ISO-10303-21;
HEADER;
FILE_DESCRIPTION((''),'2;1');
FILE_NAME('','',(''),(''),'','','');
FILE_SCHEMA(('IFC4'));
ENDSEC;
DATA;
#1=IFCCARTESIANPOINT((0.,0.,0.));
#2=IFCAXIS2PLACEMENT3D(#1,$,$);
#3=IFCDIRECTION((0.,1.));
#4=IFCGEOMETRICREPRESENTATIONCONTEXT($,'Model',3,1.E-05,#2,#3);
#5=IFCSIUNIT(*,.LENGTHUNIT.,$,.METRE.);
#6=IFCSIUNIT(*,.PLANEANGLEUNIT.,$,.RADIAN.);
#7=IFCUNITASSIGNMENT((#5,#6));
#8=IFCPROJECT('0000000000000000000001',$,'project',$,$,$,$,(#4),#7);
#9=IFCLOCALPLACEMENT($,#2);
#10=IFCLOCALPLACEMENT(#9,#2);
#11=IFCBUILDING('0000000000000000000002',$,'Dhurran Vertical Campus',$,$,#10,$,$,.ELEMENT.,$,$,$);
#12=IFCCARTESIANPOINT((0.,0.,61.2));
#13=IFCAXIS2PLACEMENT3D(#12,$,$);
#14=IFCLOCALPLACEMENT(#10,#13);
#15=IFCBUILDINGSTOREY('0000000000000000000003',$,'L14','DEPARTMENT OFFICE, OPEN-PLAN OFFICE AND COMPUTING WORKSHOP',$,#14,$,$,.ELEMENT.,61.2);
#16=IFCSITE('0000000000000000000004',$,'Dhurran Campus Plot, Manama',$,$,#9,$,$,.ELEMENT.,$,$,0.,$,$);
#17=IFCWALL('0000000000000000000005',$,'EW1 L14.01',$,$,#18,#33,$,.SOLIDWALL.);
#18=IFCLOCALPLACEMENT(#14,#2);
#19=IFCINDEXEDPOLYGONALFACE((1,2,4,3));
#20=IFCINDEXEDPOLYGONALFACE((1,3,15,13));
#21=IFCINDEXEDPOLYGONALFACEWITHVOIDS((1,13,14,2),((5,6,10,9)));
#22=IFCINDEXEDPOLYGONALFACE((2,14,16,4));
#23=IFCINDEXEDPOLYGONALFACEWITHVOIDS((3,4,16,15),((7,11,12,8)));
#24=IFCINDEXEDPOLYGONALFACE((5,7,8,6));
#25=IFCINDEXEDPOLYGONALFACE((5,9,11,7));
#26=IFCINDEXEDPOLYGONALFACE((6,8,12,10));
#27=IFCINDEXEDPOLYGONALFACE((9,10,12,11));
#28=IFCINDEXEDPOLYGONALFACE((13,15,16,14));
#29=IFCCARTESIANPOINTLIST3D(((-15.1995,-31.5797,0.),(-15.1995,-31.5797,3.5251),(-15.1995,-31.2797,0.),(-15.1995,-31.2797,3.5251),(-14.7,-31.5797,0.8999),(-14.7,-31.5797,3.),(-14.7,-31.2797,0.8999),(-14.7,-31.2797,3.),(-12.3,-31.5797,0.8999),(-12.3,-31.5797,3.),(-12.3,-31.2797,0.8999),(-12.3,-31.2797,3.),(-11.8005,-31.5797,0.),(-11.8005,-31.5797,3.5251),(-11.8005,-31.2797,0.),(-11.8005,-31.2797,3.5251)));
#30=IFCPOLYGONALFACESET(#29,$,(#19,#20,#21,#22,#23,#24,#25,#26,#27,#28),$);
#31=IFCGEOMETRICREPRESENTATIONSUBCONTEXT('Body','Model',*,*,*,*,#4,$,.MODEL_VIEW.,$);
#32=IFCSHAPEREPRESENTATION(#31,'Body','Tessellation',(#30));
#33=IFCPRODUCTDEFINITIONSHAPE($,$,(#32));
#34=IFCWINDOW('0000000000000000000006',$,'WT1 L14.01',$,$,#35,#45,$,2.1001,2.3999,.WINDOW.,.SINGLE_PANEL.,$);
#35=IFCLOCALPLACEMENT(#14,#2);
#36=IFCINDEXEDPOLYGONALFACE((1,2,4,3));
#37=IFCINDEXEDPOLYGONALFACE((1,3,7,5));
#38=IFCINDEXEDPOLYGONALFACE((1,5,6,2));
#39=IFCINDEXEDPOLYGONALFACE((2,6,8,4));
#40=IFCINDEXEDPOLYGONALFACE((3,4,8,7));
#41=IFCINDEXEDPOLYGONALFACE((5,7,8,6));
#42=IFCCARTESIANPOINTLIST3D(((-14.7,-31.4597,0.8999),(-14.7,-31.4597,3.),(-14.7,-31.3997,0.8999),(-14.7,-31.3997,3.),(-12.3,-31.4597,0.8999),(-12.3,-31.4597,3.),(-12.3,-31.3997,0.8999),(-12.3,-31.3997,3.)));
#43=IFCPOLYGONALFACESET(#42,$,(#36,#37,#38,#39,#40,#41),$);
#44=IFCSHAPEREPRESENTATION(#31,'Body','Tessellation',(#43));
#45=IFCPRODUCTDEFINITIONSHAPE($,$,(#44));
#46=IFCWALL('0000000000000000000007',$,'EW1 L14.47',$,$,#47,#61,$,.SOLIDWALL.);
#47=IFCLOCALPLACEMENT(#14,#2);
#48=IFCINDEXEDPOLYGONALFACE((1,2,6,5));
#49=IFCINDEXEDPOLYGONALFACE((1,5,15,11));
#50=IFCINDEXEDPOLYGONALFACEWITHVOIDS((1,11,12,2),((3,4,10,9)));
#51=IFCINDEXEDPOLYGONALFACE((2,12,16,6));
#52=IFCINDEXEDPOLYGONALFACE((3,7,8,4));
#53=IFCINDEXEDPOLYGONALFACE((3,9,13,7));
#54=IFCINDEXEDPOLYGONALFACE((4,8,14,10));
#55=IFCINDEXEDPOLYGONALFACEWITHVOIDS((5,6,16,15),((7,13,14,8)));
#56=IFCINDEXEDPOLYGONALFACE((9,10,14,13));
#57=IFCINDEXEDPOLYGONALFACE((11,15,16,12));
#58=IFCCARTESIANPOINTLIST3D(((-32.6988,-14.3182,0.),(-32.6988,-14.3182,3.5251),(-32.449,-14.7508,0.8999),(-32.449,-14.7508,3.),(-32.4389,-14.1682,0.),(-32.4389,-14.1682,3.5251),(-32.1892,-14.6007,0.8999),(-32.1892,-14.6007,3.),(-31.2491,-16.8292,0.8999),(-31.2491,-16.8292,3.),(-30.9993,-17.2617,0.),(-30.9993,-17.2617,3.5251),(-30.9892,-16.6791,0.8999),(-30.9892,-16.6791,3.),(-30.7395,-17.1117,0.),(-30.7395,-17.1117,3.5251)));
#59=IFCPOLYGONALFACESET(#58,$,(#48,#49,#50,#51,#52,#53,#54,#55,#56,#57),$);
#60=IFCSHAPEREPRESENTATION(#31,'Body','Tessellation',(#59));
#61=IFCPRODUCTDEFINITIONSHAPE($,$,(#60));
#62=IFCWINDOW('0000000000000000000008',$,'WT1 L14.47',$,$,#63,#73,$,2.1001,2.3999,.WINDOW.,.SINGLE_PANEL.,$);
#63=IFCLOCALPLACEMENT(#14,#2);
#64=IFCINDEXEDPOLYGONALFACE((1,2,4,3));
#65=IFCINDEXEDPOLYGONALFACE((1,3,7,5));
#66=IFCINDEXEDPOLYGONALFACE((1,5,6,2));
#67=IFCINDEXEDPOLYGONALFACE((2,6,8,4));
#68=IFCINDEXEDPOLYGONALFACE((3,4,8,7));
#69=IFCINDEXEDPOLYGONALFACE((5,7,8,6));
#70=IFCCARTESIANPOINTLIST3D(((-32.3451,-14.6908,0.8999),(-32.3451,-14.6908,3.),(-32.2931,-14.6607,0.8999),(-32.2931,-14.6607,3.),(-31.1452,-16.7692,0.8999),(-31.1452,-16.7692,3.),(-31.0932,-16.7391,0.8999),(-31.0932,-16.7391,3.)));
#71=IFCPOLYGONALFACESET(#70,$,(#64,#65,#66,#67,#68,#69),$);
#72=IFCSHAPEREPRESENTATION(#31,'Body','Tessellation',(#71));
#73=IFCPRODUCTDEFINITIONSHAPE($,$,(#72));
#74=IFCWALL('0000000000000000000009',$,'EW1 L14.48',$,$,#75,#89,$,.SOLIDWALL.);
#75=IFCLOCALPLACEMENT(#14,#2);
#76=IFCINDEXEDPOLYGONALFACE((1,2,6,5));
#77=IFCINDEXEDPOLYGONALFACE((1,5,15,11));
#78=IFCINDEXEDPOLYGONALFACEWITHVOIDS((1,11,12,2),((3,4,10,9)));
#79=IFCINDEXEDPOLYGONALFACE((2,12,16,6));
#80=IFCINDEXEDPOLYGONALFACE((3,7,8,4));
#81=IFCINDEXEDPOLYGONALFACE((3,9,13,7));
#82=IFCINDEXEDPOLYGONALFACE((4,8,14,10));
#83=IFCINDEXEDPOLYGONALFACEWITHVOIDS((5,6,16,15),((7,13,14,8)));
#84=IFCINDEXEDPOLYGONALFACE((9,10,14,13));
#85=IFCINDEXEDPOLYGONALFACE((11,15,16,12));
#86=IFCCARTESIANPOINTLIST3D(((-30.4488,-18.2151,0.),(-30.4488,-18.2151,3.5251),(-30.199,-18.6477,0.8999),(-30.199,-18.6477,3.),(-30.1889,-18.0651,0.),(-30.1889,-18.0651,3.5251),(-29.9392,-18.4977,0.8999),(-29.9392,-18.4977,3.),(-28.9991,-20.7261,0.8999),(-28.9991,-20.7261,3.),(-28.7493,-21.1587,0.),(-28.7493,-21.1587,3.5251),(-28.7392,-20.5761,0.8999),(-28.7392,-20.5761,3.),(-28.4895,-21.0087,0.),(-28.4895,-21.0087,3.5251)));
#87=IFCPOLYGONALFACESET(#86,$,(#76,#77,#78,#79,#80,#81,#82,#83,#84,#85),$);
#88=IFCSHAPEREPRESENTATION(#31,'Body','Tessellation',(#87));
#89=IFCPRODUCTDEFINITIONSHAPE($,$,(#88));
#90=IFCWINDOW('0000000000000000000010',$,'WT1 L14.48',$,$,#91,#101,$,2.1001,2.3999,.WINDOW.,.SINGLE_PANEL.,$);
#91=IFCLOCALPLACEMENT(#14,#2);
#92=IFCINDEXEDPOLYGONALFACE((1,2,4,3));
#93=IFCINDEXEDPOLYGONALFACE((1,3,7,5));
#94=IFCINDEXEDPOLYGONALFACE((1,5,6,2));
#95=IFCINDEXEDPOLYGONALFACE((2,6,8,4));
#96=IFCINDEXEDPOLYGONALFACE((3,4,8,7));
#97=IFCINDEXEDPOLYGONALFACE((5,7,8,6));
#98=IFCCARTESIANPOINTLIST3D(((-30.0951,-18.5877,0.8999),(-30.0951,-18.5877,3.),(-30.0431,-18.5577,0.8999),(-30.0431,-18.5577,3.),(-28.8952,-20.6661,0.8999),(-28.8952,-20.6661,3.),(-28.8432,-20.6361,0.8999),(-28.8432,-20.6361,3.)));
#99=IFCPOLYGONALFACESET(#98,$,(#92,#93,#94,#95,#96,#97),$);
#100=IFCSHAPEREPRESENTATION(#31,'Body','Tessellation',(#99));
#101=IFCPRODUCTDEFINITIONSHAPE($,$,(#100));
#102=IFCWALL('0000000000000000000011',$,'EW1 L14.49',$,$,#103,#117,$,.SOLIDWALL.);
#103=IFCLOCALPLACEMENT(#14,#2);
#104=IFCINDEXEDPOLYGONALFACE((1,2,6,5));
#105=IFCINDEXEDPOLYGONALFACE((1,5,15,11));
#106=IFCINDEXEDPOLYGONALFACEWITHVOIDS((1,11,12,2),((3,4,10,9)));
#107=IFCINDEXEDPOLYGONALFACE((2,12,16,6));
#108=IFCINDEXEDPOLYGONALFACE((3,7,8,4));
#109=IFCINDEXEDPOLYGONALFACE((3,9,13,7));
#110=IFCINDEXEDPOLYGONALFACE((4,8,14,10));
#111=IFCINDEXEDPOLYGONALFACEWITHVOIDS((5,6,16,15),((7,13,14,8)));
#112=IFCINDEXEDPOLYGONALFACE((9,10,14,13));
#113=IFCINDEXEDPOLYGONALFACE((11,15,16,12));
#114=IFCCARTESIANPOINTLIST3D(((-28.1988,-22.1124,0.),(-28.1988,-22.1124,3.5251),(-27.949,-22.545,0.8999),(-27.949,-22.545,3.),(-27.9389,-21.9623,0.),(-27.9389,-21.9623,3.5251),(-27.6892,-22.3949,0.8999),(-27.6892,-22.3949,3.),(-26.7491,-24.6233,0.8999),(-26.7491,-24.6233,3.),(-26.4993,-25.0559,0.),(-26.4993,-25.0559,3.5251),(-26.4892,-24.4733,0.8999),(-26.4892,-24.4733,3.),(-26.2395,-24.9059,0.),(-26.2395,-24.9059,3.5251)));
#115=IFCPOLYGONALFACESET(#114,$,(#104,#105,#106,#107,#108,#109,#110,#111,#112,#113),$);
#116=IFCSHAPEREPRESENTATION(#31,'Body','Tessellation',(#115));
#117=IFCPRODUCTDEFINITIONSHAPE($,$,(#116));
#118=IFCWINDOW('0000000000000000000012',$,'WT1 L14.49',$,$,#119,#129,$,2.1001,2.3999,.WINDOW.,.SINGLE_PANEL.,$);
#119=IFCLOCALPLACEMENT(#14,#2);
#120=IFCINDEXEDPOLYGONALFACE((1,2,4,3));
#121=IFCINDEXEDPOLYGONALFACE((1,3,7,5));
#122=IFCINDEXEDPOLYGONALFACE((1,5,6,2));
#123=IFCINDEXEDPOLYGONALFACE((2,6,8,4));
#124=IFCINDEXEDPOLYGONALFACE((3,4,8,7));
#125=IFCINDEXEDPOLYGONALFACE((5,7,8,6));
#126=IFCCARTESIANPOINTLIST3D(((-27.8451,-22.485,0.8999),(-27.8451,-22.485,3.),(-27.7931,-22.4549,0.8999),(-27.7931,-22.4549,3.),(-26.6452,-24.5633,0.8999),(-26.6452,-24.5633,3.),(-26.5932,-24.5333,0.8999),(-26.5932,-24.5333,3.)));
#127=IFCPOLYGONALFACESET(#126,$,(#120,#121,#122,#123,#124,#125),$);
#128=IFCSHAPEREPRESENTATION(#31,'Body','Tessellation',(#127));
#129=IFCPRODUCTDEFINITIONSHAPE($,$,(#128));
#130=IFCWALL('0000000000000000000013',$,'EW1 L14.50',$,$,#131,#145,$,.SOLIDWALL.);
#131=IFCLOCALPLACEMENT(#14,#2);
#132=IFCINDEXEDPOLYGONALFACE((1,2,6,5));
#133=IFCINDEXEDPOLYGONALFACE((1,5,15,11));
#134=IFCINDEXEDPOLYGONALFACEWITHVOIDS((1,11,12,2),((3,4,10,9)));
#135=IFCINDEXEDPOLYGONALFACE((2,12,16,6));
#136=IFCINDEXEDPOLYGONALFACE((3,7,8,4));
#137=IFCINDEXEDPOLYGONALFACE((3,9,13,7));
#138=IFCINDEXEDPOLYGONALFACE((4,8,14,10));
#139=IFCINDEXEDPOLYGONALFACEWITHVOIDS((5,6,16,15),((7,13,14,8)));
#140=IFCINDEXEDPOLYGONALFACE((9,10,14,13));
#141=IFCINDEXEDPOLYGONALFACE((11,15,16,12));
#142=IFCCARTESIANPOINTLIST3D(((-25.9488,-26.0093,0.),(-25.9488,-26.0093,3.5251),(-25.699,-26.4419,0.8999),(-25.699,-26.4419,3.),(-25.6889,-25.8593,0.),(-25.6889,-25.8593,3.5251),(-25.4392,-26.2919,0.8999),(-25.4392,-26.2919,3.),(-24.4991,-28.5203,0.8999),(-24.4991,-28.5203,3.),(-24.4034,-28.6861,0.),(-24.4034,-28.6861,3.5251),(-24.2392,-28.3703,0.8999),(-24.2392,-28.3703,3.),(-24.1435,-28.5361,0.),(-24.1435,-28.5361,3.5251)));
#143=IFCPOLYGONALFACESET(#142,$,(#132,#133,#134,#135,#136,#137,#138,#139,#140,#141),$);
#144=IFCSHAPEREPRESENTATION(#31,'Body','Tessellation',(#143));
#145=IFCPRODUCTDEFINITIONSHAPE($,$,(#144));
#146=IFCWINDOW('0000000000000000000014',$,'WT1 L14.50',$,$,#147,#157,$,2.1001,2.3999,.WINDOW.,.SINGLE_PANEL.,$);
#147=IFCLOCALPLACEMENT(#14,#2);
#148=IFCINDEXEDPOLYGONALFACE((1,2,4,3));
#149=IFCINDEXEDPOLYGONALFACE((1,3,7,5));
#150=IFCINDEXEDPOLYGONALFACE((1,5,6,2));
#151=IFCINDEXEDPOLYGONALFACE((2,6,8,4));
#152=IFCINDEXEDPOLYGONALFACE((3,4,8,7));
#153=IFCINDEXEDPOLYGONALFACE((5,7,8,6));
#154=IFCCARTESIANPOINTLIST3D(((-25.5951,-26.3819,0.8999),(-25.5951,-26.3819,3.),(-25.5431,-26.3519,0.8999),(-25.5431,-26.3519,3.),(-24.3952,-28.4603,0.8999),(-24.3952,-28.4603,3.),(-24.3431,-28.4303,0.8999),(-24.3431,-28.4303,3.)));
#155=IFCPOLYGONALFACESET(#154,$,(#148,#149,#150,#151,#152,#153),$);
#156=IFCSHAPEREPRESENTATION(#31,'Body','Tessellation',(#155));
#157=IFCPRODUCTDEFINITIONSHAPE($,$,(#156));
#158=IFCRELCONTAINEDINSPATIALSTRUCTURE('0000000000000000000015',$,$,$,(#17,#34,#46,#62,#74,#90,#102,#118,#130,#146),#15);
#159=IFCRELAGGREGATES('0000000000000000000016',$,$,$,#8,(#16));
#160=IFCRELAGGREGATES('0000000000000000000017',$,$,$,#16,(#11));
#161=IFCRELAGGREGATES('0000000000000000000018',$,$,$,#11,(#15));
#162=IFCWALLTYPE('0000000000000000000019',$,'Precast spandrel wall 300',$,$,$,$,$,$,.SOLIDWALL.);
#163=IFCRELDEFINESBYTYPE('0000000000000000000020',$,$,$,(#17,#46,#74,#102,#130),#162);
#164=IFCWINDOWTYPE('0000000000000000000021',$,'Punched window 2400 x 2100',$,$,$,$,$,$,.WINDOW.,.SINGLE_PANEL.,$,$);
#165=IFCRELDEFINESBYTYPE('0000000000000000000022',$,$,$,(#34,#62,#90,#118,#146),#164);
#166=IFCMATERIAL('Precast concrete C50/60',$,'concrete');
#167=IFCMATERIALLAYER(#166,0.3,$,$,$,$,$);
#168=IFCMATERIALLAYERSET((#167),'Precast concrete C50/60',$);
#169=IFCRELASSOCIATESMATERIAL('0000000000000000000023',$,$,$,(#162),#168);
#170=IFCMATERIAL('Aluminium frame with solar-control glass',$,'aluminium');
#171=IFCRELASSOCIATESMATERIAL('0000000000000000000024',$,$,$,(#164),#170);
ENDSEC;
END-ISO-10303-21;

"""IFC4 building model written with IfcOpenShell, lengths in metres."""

from ifc_helpers import new_model, si_unit, direction, frame, frame_2d, origin, place, context, subcontext, project, spatial, rectangle, extrude, material, layer, layer_set, type_object, element, fill, save


model = new_model("IFC4")

# Units and contexts
model_context = context("Model", 3, precision=1e-05, world=origin(), true_north=direction((0.0, 1.0)))
body_context = subcontext(model_context, "Body", "Model", "MODEL_VIEW")
ifc_project = project(units=[si_unit("LENGTHUNIT", "METRE"), si_unit("PLANEANGLEUNIT", "RADIAN")], contexts=[model_context])

# Site, building, storey
site_placement = place(None, origin())
site = spatial("IfcSite", under=ifc_project, at=site_placement, Name="Dhurran Campus Plot, Manama", CompositionType="ELEMENT", RefElevation=0.0)
building_placement = place(site_placement, origin())
building = spatial("IfcBuilding", under=site, at=building_placement, Name="Dhurran Vertical Campus", CompositionType="ELEMENT")
storey_placement = place(building_placement, frame((0.0, 0.0, 61.2)))
storey = spatial("IfcBuildingStorey", under=building, at=storey_placement, Name="L14", Description="DEPARTMENT OFFICE, OPEN-PLAN OFFICE AND COMPUTING WORKSHOP", CompositionType="ELEMENT", Elevation=61.2)

# Walls, openings, windows
ifc_material_1 = material(Name="Precast concrete C50/60", Category="concrete")
ifc_layer_1 = layer(ifc_material_1, 0.3)
ifc_layer_set_1 = layer_set([ifc_layer_1], Name="Precast concrete C50/60")
wall_type_1 = type_object("IfcWallType", Name="Precast spandrel wall 300", PredefinedType="SOLIDWALL", material=ifc_layer_set_1)
ifc_material_2 = material(Name="Aluminium frame with solar-control glass", Category="aluminium")
window_type = type_object("IfcWindowType", Name="Punched window 2400 x 2100", PartitioningType="SINGLE_PANEL", PredefinedType="WINDOW", material=ifc_material_2)
wall_1_placement = place(storey_placement, frame((-15.1995, -31.4297, 0.0), z_axis=(0.0, 0.0, 1.0), x_axis=(1.0, 0.0, 0.0)))
wall_1 = element("IfcWall", 1, at=wall_1_placement, inside=storey, type_object=wall_type_1, Name="EW1 L14.01", PredefinedType="SOLIDWALL", context=body_context, shape_type="SweptSolid", body=[
    extrude(rectangle(XDim=3.3989, YDim=0.3, at=frame_2d((1.6995, 0.0))), origin(), (0.0, 0.0, 1.0), 3.5251),
])
opening_1_placement = place(wall_1_placement, frame((0.4995, 0.0, 0.8999)))
opening_1 = element("IfcOpeningElement", 2, at=opening_1_placement, cuts=wall_1, PredefinedType="OPENING", context=body_context, shape_type="SweptSolid", body=[
    extrude(rectangle(XDim=2.3999, YDim=2.1001, at=frame_2d((1.2, 1.05))), frame((0.0, 0.1599, 0.0), z_axis=(0.0, -1.0, 0.0), x_axis=(1.0, 0.0, 0.0)), (0.0, 0.0, 1.0), 0.3201),
])
window_1_placement = place(opening_1_placement, origin())
window_1 = element("IfcWindow", 3, at=window_1_placement, inside=storey, type_object=window_type, Name="WT1 L14.01", OverallHeight=2.1001, OverallWidth=2.3999, PartitioningType="SINGLE_PANEL", PredefinedType="WINDOW", context=body_context, shape_type="SweptSolid", body=[
    extrude(rectangle(XDim=2.3999, YDim=2.1001, at=frame_2d((1.2, 1.05))), frame((0.0, 0.03, 0.0), z_axis=(0.0, -1.0, 0.0), x_axis=(1.0, 0.0, 0.0)), (0.0, 0.0, 1.0), 0.0601),
])
fill(opening_1, window_1)
wall_2_placement = place(storey_placement, frame((-32.5688, -14.2432, 0.0), z_axis=(0.0, 0.0, 1.0), x_axis=(0.499994, -0.866029, 0.0)))
wall_2 = element("IfcWall", 4, at=wall_2_placement, inside=storey, type_object=wall_type_1, Name="EW1 L14.47", PredefinedType="SOLIDWALL", context=body_context, shape_type="SweptSolid", body=[
    extrude(rectangle(XDim=3.3989, YDim=0.3, at=frame_2d((1.6995, 0.0))), origin(), (0.0, 0.0, 1.0), 3.5251),
])
opening_2_placement = place(wall_2_placement, frame((0.4995, 0.0, 0.8999)))
opening_2 = element("IfcOpeningElement", 5, at=opening_2_placement, cuts=wall_2, PredefinedType="OPENING", context=body_context, shape_type="SweptSolid", body=[
    extrude(rectangle(XDim=2.3999, YDim=2.1001, at=frame_2d((1.2, 1.05))), frame((0.0, 0.1599, 0.0), z_axis=(0.0, -1.0, 0.0), x_axis=(1.0, 0.0, 0.0)), (0.0, 0.0, 1.0), 0.3201),
])
window_2_placement = place(opening_2_placement, origin())
window_2 = element("IfcWindow", 6, at=window_2_placement, inside=storey, type_object=window_type, Name="WT1 L14.47", OverallHeight=2.1001, OverallWidth=2.3999, PartitioningType="SINGLE_PANEL", PredefinedType="WINDOW", context=body_context, shape_type="SweptSolid", body=[
    extrude(rectangle(XDim=2.3999, YDim=2.1001, at=frame_2d((1.2, 1.05))), frame((0.0, 0.03, 0.0), z_axis=(0.0, -1.0, 0.0), x_axis=(1.0, 0.0, 0.0)), (0.0, 0.0, 1.0), 0.0601),
])
fill(opening_2, window_2)
wall_3_placement = place(storey_placement, frame((-30.3188, -18.1401, 0.0), z_axis=(0.0, 0.0, 1.0), x_axis=(0.499994, -0.866029, 0.0)))
wall_3 = element("IfcWall", 7, at=wall_3_placement, inside=storey, type_object=wall_type_1, Name="EW1 L14.48", PredefinedType="SOLIDWALL", context=body_context, shape_type="SweptSolid", body=[
    extrude(rectangle(XDim=3.3989, YDim=0.3, at=frame_2d((1.6995, 0.0))), origin(), (0.0, 0.0, 1.0), 3.5251),
])
opening_3_placement = place(wall_3_placement, frame((0.4995, 0.0, 0.8999)))
opening_3 = element("IfcOpeningElement", 8, at=opening_3_placement, cuts=wall_3, PredefinedType="OPENING", context=body_context, shape_type="SweptSolid", body=[
    extrude(rectangle(XDim=2.3999, YDim=2.1001, at=frame_2d((1.2, 1.05))), frame((0.0, 0.1599, 0.0), z_axis=(0.0, -1.0, 0.0), x_axis=(1.0, 0.0, 0.0)), (0.0, 0.0, 1.0), 0.3201),
])
window_3_placement = place(opening_3_placement, origin())
window_3 = element("IfcWindow", 9, at=window_3_placement, inside=storey, type_object=window_type, Name="WT1 L14.48", OverallHeight=2.1001, OverallWidth=2.3999, PartitioningType="SINGLE_PANEL", PredefinedType="WINDOW", context=body_context, shape_type="SweptSolid", body=[
    extrude(rectangle(XDim=2.3999, YDim=2.1001, at=frame_2d((1.2, 1.05))), frame((0.0, 0.03, 0.0), z_axis=(0.0, -1.0, 0.0), x_axis=(1.0, 0.0, 0.0)), (0.0, 0.0, 1.0), 0.0601),
])
fill(opening_3, window_3)
wall_4_placement = place(storey_placement, frame((-28.0688, -22.0374, 0.0), z_axis=(0.0, 0.0, 1.0), x_axis=(0.499994, -0.866029, 0.0)))
wall_4 = element("IfcWall", 10, at=wall_4_placement, inside=storey, type_object=wall_type_1, Name="EW1 L14.49", PredefinedType="SOLIDWALL", context=body_context, shape_type="SweptSolid", body=[
    extrude(rectangle(XDim=3.3989, YDim=0.3, at=frame_2d((1.6995, 0.0))), origin(), (0.0, 0.0, 1.0), 3.5251),
])
opening_4_placement = place(wall_4_placement, frame((0.4995, 0.0, 0.8999)))
opening_4 = element("IfcOpeningElement", 11, at=opening_4_placement, cuts=wall_4, PredefinedType="OPENING", context=body_context, shape_type="SweptSolid", body=[
    extrude(rectangle(XDim=2.3999, YDim=2.1001, at=frame_2d((1.2, 1.05))), frame((0.0, 0.1599, 0.0), z_axis=(0.0, -1.0, 0.0), x_axis=(1.0, 0.0, 0.0)), (0.0, 0.0, 1.0), 0.3201),
])
window_4_placement = place(opening_4_placement, origin())
window_4 = element("IfcWindow", 12, at=window_4_placement, inside=storey, type_object=window_type, Name="WT1 L14.49", OverallHeight=2.1001, OverallWidth=2.3999, PartitioningType="SINGLE_PANEL", PredefinedType="WINDOW", context=body_context, shape_type="SweptSolid", body=[
    extrude(rectangle(XDim=2.3999, YDim=2.1001, at=frame_2d((1.2, 1.05))), frame((0.0, 0.03, 0.0), z_axis=(0.0, -1.0, 0.0), x_axis=(1.0, 0.0, 0.0)), (0.0, 0.0, 1.0), 0.0601),
])
fill(opening_4, window_4)
wall_5_placement = place(storey_placement, frame((-25.8188, -25.9343, 0.0), z_axis=(0.0, 0.0, 1.0), x_axis=(0.499996, -0.866028, 0.0)))
wall_5 = element("IfcWall", 13, at=wall_5_placement, inside=storey, type_object=wall_type_1, Name="EW1 L14.50", PredefinedType="SOLIDWALL", context=body_context, shape_type="SweptSolid", body=[
    extrude(rectangle(XDim=3.0908, YDim=0.3, at=frame_2d((1.5454, 0.0))), origin(), (0.0, 0.0, 1.0), 3.5251),
])
opening_5_placement = place(wall_5_placement, frame((0.4995, 0.0, 0.8999)))
opening_5 = element("IfcOpeningElement", 14, at=opening_5_placement, cuts=wall_5, PredefinedType="OPENING", context=body_context, shape_type="SweptSolid", body=[
    extrude(rectangle(XDim=2.3999, YDim=2.1001, at=frame_2d((1.2, 1.05))), frame((0.0, 0.1599, 0.0), z_axis=(0.0, -1.0, 0.0), x_axis=(1.0, 0.0, 0.0)), (0.0, 0.0, 1.0), 0.3201),
])
window_5_placement = place(opening_5_placement, origin())
window_5 = element("IfcWindow", 15, at=window_5_placement, inside=storey, type_object=window_type, Name="WT1 L14.50", OverallHeight=2.1001, OverallWidth=2.3999, PartitioningType="SINGLE_PANEL", PredefinedType="WINDOW", context=body_context, shape_type="SweptSolid", body=[
    extrude(rectangle(XDim=2.3999, YDim=2.1001, at=frame_2d((1.2, 1.05))), frame((0.0, 0.03, 0.0), z_axis=(0.0, -1.0, 0.0), x_axis=(1.0, 0.0, 0.0)), (0.0, 0.0, 1.0), 0.0601),
])
fill(opening_5, window_5)

save(model, "model.ifc")
